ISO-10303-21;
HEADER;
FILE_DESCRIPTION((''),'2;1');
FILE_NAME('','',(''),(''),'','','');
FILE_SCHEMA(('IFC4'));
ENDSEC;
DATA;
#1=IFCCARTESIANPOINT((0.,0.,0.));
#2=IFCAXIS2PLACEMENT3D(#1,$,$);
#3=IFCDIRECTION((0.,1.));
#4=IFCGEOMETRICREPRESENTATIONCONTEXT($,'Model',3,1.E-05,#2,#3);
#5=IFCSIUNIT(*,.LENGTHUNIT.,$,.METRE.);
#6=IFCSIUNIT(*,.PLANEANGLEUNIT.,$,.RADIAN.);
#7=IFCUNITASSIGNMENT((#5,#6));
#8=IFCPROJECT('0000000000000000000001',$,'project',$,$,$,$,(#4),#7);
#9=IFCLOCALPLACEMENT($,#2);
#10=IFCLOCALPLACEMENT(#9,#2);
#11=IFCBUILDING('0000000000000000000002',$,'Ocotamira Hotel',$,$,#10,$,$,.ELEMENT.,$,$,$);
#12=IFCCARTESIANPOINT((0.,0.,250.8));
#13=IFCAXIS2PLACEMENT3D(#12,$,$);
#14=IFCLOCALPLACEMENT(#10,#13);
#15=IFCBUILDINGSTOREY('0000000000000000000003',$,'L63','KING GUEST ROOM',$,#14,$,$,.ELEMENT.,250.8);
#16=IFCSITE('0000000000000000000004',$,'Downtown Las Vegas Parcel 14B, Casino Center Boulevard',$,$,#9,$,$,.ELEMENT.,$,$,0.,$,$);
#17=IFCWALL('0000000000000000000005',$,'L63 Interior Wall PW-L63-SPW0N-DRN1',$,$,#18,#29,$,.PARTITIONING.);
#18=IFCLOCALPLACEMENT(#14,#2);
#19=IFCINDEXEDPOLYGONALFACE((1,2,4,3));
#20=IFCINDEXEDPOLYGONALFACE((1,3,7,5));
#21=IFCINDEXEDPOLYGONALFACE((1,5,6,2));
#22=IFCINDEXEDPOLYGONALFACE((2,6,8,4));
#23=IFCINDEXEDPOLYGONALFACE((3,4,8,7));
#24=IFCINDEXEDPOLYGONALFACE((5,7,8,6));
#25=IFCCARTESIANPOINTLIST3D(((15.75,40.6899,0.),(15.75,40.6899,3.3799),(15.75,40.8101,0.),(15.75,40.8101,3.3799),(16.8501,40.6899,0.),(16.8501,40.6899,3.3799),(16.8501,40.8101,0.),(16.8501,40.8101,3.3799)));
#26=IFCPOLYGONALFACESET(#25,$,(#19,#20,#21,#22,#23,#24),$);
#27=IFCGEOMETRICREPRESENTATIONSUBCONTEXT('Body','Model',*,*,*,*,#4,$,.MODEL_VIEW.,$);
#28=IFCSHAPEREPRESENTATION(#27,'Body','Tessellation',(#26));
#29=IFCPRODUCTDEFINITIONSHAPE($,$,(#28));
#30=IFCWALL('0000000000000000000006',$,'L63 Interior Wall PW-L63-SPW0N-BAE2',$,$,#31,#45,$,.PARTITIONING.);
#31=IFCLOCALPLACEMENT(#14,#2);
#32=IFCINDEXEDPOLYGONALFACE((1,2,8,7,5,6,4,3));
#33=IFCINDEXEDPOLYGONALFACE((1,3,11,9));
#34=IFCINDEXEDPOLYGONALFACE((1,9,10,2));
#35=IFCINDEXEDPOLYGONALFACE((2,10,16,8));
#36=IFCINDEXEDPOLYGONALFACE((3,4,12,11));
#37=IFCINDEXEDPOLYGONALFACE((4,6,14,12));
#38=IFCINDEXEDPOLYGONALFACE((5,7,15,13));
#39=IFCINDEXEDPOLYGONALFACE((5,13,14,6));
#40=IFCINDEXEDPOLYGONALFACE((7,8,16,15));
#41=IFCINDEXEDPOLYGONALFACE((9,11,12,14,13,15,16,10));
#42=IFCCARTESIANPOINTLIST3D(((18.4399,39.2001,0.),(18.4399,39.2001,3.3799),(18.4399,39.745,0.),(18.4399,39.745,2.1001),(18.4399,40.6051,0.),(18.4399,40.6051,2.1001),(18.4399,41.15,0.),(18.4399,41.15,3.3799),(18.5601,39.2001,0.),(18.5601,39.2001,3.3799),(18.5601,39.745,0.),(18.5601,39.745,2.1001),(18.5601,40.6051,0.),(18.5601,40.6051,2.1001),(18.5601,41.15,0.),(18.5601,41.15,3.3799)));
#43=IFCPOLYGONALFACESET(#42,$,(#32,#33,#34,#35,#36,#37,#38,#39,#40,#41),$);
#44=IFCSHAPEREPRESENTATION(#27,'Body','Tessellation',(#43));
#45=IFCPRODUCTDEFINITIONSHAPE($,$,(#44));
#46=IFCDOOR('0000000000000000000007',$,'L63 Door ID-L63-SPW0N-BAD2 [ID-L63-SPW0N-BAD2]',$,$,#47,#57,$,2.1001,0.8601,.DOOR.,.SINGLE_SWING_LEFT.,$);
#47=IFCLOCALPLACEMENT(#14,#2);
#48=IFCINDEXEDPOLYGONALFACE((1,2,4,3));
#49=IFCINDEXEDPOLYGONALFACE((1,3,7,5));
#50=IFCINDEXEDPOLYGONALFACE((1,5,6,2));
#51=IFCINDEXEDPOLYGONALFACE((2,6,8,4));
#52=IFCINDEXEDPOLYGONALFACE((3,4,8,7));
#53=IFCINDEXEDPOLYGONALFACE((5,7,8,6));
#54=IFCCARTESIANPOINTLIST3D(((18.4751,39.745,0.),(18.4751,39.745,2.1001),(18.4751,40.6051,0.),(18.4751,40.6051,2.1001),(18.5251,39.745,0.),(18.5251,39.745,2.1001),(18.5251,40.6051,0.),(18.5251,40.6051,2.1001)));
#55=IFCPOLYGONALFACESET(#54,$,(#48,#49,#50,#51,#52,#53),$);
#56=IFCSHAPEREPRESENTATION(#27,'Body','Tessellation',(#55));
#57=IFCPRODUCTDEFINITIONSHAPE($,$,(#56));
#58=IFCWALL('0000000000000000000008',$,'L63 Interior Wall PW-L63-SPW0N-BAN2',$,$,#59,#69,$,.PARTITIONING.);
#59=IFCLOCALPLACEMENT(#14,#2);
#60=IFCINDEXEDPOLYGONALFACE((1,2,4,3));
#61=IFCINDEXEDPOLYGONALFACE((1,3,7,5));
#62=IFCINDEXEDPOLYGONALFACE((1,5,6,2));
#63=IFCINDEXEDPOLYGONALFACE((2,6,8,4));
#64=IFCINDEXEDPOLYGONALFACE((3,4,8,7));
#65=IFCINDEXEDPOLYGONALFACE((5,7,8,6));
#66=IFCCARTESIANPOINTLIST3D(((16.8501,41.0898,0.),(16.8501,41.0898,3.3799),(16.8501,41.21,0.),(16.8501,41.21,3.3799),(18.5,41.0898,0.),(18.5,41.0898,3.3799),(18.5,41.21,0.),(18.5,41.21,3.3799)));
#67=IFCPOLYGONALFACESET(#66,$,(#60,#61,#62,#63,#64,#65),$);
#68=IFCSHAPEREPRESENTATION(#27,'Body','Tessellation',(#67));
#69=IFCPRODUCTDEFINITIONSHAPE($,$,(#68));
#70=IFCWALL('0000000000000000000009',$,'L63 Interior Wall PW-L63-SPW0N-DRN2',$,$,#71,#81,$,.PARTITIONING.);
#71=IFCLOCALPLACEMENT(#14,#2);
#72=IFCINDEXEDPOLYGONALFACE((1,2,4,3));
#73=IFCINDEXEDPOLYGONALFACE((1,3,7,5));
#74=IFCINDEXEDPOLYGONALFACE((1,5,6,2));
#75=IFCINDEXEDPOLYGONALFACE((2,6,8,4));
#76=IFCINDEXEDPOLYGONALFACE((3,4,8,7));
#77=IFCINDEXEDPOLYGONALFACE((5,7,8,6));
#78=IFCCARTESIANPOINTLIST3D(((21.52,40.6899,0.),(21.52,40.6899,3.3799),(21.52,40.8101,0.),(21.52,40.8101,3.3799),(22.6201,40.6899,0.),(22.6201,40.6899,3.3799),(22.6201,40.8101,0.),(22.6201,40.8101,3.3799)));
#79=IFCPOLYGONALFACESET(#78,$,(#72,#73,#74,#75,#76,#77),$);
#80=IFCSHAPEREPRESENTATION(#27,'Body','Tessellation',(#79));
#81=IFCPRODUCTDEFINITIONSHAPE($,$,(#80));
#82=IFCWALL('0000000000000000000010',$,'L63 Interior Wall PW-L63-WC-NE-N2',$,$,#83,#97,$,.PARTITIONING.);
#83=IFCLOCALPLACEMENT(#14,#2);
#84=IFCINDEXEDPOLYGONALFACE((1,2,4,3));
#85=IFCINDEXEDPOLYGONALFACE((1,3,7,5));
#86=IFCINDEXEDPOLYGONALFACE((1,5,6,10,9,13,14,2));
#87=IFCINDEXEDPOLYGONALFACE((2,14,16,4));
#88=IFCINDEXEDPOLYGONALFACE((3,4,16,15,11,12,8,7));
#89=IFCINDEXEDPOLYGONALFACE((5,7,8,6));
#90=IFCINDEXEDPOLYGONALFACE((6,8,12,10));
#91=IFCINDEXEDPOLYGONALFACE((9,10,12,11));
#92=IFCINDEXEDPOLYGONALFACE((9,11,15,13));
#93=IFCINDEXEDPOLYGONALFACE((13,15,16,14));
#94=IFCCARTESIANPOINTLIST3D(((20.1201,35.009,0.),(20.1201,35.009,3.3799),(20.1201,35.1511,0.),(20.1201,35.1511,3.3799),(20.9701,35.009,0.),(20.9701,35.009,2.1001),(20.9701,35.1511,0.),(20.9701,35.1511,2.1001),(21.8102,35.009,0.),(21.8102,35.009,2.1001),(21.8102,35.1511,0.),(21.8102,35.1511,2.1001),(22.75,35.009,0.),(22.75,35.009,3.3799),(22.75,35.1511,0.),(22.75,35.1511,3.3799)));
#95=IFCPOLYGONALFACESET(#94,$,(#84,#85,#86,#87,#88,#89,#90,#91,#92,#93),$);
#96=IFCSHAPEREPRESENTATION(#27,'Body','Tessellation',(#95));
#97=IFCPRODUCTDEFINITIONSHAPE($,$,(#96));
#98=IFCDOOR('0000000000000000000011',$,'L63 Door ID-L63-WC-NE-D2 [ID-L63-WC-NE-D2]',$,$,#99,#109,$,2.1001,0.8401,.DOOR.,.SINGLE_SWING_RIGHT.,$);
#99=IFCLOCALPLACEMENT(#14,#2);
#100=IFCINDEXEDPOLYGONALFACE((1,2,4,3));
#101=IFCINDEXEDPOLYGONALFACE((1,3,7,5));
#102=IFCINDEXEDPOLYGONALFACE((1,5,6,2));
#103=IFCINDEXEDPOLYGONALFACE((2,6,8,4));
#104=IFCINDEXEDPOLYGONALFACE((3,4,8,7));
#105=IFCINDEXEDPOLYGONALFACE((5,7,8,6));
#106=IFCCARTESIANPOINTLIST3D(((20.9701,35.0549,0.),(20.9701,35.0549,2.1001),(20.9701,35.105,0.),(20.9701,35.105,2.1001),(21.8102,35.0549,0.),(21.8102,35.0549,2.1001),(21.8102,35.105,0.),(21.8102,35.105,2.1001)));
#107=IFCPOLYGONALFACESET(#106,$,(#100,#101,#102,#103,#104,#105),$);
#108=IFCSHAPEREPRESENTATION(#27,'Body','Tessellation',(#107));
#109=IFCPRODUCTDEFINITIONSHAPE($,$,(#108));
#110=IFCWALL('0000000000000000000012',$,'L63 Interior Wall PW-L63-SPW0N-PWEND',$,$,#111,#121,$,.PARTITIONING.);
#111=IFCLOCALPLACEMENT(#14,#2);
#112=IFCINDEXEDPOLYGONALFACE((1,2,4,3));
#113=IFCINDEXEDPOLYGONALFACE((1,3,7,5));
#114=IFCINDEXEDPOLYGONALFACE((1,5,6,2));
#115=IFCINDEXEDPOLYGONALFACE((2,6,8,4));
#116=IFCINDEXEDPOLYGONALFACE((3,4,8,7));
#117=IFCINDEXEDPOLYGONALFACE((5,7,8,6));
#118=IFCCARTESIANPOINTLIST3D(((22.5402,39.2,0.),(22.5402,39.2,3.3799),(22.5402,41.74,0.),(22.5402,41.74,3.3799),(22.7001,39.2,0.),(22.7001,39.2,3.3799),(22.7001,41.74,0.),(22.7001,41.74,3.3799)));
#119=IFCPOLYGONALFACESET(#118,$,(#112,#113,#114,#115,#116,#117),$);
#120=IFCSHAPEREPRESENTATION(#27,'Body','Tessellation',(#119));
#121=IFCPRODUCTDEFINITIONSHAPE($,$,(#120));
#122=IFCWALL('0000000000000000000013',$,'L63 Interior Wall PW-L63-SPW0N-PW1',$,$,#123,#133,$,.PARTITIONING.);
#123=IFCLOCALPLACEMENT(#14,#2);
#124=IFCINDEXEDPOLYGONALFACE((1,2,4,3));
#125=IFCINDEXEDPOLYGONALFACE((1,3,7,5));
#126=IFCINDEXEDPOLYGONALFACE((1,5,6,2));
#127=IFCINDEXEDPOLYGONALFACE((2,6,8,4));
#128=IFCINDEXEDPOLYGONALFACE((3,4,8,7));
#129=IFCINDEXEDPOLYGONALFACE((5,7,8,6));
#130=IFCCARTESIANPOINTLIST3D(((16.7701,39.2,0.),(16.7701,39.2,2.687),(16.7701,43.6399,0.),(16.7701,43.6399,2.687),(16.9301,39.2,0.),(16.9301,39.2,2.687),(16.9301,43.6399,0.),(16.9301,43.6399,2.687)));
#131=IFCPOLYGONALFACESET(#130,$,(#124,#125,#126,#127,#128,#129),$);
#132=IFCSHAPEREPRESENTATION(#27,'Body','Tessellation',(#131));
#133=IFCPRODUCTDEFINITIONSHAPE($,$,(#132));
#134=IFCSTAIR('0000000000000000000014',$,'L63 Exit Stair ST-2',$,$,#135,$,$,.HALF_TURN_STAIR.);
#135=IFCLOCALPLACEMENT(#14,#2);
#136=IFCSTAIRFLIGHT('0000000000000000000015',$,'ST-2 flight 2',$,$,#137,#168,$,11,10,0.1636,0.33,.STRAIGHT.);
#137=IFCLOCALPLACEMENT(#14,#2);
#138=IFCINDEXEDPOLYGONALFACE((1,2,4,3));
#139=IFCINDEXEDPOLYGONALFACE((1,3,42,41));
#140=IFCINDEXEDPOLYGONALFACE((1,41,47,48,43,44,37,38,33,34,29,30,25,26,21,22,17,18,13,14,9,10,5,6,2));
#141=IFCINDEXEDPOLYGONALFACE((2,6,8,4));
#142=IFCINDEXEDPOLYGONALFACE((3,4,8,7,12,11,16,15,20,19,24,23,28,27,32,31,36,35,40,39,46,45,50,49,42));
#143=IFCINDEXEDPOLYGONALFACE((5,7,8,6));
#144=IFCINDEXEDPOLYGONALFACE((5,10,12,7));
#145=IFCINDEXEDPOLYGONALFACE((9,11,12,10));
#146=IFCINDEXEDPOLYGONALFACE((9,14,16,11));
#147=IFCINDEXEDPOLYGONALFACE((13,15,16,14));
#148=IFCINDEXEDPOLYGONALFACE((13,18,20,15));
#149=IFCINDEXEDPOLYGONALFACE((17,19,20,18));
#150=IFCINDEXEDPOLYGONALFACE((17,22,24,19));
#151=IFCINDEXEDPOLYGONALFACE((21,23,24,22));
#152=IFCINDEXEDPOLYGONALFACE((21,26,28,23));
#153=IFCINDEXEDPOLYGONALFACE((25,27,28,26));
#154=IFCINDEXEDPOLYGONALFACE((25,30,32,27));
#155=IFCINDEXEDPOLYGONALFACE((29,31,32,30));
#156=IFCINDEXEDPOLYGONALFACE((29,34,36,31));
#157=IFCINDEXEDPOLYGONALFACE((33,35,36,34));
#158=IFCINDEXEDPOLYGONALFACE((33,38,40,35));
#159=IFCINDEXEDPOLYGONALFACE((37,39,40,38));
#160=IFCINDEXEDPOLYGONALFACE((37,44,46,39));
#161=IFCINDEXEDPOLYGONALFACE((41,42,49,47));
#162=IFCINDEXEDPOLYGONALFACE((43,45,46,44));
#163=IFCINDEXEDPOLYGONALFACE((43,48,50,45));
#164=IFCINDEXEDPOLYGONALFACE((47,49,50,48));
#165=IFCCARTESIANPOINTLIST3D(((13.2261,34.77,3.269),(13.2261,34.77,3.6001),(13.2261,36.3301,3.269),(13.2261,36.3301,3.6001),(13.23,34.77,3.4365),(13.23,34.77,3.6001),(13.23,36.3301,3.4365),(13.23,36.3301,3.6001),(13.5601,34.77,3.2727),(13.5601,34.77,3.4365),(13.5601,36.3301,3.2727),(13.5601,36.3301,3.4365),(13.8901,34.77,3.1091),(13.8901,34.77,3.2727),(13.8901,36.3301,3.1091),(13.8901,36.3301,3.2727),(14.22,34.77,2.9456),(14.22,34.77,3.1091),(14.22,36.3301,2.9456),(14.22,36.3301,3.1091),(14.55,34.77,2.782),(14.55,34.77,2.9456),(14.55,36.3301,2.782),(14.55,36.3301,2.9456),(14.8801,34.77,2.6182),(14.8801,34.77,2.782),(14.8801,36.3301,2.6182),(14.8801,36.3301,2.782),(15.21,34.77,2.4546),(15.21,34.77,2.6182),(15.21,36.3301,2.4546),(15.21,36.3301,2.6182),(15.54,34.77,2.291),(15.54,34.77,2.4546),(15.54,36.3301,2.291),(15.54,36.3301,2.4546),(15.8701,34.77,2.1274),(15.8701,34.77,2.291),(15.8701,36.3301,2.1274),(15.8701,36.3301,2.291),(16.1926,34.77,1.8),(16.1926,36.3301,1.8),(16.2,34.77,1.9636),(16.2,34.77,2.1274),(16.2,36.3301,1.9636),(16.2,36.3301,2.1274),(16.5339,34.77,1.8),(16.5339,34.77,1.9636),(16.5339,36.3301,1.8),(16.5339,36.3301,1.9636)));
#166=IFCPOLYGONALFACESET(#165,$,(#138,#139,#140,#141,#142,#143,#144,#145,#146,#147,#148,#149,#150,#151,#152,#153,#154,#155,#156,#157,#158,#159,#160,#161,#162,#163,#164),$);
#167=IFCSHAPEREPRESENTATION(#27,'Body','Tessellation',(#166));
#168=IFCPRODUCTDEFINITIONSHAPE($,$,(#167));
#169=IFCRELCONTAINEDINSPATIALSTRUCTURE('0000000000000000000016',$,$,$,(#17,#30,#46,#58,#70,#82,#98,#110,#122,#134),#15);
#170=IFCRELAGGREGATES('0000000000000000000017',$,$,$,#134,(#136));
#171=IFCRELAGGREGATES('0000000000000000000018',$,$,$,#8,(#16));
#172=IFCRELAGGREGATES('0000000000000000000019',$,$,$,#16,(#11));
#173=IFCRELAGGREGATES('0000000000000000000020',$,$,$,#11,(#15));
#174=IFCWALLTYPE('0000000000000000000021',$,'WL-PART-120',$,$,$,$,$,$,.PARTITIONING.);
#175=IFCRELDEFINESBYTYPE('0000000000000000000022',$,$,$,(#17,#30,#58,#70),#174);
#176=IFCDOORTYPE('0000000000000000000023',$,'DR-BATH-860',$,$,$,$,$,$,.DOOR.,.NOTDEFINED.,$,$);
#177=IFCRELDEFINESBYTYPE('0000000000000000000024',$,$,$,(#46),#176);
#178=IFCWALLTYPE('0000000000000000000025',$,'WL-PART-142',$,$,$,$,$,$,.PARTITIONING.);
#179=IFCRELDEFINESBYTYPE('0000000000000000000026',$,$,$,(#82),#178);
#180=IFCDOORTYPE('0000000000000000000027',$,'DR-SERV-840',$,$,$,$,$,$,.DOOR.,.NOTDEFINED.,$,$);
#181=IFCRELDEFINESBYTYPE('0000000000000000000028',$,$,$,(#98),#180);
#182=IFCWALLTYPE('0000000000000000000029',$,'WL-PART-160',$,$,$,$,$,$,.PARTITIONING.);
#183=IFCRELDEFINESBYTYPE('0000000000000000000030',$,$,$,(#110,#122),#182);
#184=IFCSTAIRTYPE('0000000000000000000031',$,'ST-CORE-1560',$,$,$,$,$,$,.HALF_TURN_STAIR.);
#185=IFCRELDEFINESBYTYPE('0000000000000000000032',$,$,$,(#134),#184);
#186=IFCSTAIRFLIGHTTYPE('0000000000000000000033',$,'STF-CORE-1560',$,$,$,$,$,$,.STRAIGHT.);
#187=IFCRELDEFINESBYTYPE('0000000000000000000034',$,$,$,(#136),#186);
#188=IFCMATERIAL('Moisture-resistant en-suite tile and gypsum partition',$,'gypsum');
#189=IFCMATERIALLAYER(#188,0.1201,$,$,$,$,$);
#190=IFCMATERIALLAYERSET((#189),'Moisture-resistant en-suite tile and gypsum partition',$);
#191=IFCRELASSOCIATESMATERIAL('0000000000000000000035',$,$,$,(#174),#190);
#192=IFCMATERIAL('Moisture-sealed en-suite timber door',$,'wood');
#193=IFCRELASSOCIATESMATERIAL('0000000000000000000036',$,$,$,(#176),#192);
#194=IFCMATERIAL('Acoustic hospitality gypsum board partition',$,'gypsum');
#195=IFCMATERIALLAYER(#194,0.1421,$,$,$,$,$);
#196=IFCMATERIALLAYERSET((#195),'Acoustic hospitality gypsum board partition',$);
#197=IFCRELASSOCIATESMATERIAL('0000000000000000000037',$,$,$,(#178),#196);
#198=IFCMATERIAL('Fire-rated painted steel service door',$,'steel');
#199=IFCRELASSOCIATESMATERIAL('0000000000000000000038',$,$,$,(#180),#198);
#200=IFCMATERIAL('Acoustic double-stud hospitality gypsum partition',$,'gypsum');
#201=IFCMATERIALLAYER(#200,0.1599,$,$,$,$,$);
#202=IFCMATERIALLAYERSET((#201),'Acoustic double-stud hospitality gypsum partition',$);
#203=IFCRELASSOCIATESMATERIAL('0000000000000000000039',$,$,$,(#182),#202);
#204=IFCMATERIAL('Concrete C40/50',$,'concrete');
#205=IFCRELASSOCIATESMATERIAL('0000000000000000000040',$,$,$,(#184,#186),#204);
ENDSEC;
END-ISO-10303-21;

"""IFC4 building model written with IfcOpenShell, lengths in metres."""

from ifc_helpers import new_model, si_unit, direction, frame, frame_2d, origin, place, context, subcontext, project, spatial, polyline, rectangle, outline, extrude, source, transform, mapped, material, layer, layer_set, type_object, element, fill, aggregate, save


model = new_model("IFC4")

# Units and contexts
model_context = context("Model", 3, precision=1e-05, world=origin(), true_north=direction((0.0, 1.0)))
body_context = subcontext(model_context, "Body", "Model", "MODEL_VIEW")
ifc_project = project(units=[si_unit("LENGTHUNIT", "METRE"), si_unit("PLANEANGLEUNIT", "RADIAN")], contexts=[model_context])

# Site, building, storey
site_placement = place(None, origin())
site = spatial("IfcSite", under=ifc_project, at=site_placement, Name="Downtown Las Vegas Parcel 14B, Casino Center Boulevard", CompositionType="ELEMENT", RefElevation=0.0)
building_placement = place(site_placement, origin())
building = spatial("IfcBuilding", under=site, at=building_placement, Name="Ocotamira Hotel", CompositionType="ELEMENT")
storey_placement = place(building_placement, frame((0.0, 0.0, 250.8)))
storey = spatial("IfcBuildingStorey", under=building, at=storey_placement, Name="L63", Description="KING GUEST ROOM", CompositionType="ELEMENT", Elevation=250.8)

# Wall
ifc_material_1 = material(Name="Moisture-resistant en-suite tile and gypsum partition", Category="gypsum")
ifc_layer_1 = layer(ifc_material_1, 0.1201)
ifc_layer_set_1 = layer_set([ifc_layer_1], Name="Moisture-resistant en-suite tile and gypsum partition")
wall_type_1 = type_object("IfcWallType", Name="WL-PART-120", PredefinedType="PARTITIONING", material=ifc_layer_set_1)
wall_1_placement = place(storey_placement, frame((15.75, 40.75, 0.0), z_axis=(0.0, 0.0, 1.0), x_axis=(1.0, 0.0, 0.0)))
element("IfcWall", 1, at=wall_1_placement, inside=storey, type_object=wall_type_1, Name="L63 Interior Wall PW-L63-SPW0N-DRN1", PredefinedType="PARTITIONING", context=body_context, shape_type="SweptSolid", body=[
    extrude(rectangle(XDim=1.1001, YDim=0.1201, at=frame_2d((0.55, 0.0))), origin(), (0.0, 0.0, 1.0), 3.3799),
])

# Wall, opening, door
wall_2_placement = place(storey_placement, frame((18.5, 39.2, 0.0), z_axis=(0.0, 0.0, 1.0), x_axis=(0.0, 1.0, 0.0)))
wall_2 = element("IfcWall", 2, at=wall_2_placement, inside=storey, type_object=wall_type_1, Name="L63 Interior Wall PW-L63-SPW0N-BAE2", PredefinedType="PARTITIONING", context=body_context, shape_type="SweptSolid", body=[
    extrude(rectangle(XDim=1.95, YDim=0.1201, at=frame_2d((0.9751, 0.0))), origin(), (0.0, 0.0, 1.0), 3.3799),
])
opening_1_placement = place(wall_2_placement, frame((0.5449, 0.0, 0.0)))
opening_1 = element("IfcOpeningElement", 3, at=opening_1_placement, cuts=wall_2, PredefinedType="OPENING", context=body_context, shape_type="SweptSolid", body=[
    extrude(rectangle(XDim=0.8601, YDim=2.1001, at=frame_2d((0.4302, 1.05))), frame((0.0, 0.0701, 0.0), z_axis=(0.0, -1.0, 0.0), x_axis=(1.0, 0.0, 0.0)), (0.0, 0.0, 1.0), 0.1401),
])
ifc_material_2 = material(Name="Moisture-sealed en-suite timber door", Category="wood")
door_type_1 = type_object("IfcDoorType", Name="DR-BATH-860", OperationType="NOTDEFINED", PredefinedType="DOOR", material=ifc_material_2)
shared_shape_1 = source(origin(), body_context, "Body", "SweptSolid", [
    extrude(rectangle(XDim=0.8601, YDim=2.1001, at=frame_2d((0.4302, 1.05))), frame((0.0, 0.0249, 0.0), z_axis=(0.0, -1.0, 0.0), x_axis=(1.0, 0.0, 0.0)), (0.0, 0.0, 1.0), 0.05),
])
door_1_placement = place(opening_1_placement, origin())
door_1 = element("IfcDoor", 4, at=door_1_placement, inside=storey, type_object=door_type_1, Name="L63 Door ID-L63-SPW0N-BAD2 [ID-L63-SPW0N-BAD2]", OperationType="SINGLE_SWING_LEFT", OverallHeight=2.1001, OverallWidth=0.8601, PredefinedType="DOOR", context=body_context, shape_type="MappedRepresentation", body=[
    mapped(shared_shape_1, transform((0.0, 0.0, 0.0), scale=1.0)),
])
fill(opening_1, door_1)

# Walls
wall_3_placement = place(storey_placement, frame((16.8501, 41.1499, 0.0), z_axis=(0.0, 0.0, 1.0), x_axis=(1.0, 0.0, 0.0)))
element("IfcWall", 5, at=wall_3_placement, inside=storey, type_object=wall_type_1, Name="L63 Interior Wall PW-L63-SPW0N-BAN2", PredefinedType="PARTITIONING", context=body_context, shape_type="SweptSolid", body=[
    extrude(rectangle(XDim=1.6499, YDim=0.1201, at=frame_2d((0.825, 0.0))), origin(), (0.0, 0.0, 1.0), 3.3799),
])
wall_4_placement = place(storey_placement, frame((21.52, 40.75, 0.0), z_axis=(0.0, 0.0, 1.0), x_axis=(1.0, 0.0, 0.0)))
element("IfcWall", 6, at=wall_4_placement, inside=storey, type_object=wall_type_1, Name="L63 Interior Wall PW-L63-SPW0N-DRN2", PredefinedType="PARTITIONING", context=body_context, shape_type="SweptSolid", body=[
    extrude(rectangle(XDim=1.1001, YDim=0.1201, at=frame_2d((0.55, 0.0))), origin(), (0.0, 0.0, 1.0), 3.3799),
])

# Wall, opening, door
ifc_material_3 = material(Name="Acoustic hospitality gypsum board partition", Category="gypsum")
ifc_layer_2 = layer(ifc_material_3, 0.1421)
ifc_layer_set_2 = layer_set([ifc_layer_2], Name="Acoustic hospitality gypsum board partition")
wall_type_2 = type_object("IfcWallType", Name="WL-PART-142", PredefinedType="PARTITIONING", material=ifc_layer_set_2)
wall_5_placement = place(storey_placement, frame((20.1201, 35.0801, 0.0), z_axis=(0.0, 0.0, 1.0), x_axis=(1.0, 0.0, 0.0)))
wall_5 = element("IfcWall", 7, at=wall_5_placement, inside=storey, type_object=wall_type_2, Name="L63 Interior Wall PW-L63-WC-NE-N2", PredefinedType="PARTITIONING", context=body_context, shape_type="SweptSolid", body=[
    extrude(rectangle(XDim=2.6299, YDim=0.1421, at=frame_2d((1.3149, 0.0))), origin(), (0.0, 0.0, 1.0), 3.3799),
])
opening_2_placement = place(wall_5_placement, frame((0.8501, 0.0, 0.0)))
opening_2 = element("IfcOpeningElement", 8, at=opening_2_placement, cuts=wall_5, PredefinedType="OPENING", context=body_context, shape_type="SweptSolid", body=[
    extrude(rectangle(XDim=0.8401, YDim=2.1001, at=frame_2d((0.4199, 1.05))), frame((0.0, 0.0811, 0.0), z_axis=(0.0, -1.0, 0.0), x_axis=(1.0, 0.0, 0.0)), (0.0, 0.0, 1.0), 0.1621),
])
ifc_material_4 = material(Name="Fire-rated painted steel service door", Category="steel")
door_type_2 = type_object("IfcDoorType", Name="DR-SERV-840", OperationType="NOTDEFINED", PredefinedType="DOOR", material=ifc_material_4)
shared_shape_2 = source(origin(), body_context, "Body", "SweptSolid", [
    extrude(rectangle(XDim=0.8401, YDim=2.1001, at=frame_2d((0.4199, 1.05))), frame((0.0, 0.0249, 0.0), z_axis=(0.0, -1.0, 0.0), x_axis=(1.0, 0.0, 0.0)), (0.0, 0.0, 1.0), 0.05),
])
door_2_placement = place(opening_2_placement, origin())
door_2 = element("IfcDoor", 9, at=door_2_placement, inside=storey, type_object=door_type_2, Name="L63 Door ID-L63-WC-NE-D2 [ID-L63-WC-NE-D2]", OperationType="SINGLE_SWING_RIGHT", OverallHeight=2.1001, OverallWidth=0.8401, PredefinedType="DOOR", context=body_context, shape_type="MappedRepresentation", body=[
    mapped(shared_shape_2, transform((0.0, 0.0, 0.0), scale=1.0)),
])
fill(opening_2, door_2)

# Walls
ifc_material_5 = material(Name="Acoustic double-stud hospitality gypsum partition", Category="gypsum")
ifc_layer_3 = layer(ifc_material_5, 0.1599)
ifc_layer_set_3 = layer_set([ifc_layer_3], Name="Acoustic double-stud hospitality gypsum partition")
wall_type_3 = type_object("IfcWallType", Name="WL-PART-160", PredefinedType="PARTITIONING", material=ifc_layer_set_3)
wall_6_placement = place(storey_placement, frame((22.6201, 39.2, 0.0), z_axis=(0.0, 0.0, 1.0), x_axis=(0.0, 1.0, 0.0)))
element("IfcWall", 10, at=wall_6_placement, inside=storey, type_object=wall_type_3, Name="L63 Interior Wall PW-L63-SPW0N-PWEND", PredefinedType="PARTITIONING", context=body_context, shape_type="SweptSolid", body=[
    extrude(rectangle(XDim=2.54, YDim=0.1599, at=frame_2d((1.27, 0.0))), origin(), (0.0, 0.0, 1.0), 3.3799),
])
wall_7_placement = place(storey_placement, frame((16.8501, 39.2, 0.0), z_axis=(0.0, 0.0, 1.0), x_axis=(0.0, 1.0, 0.0)))
element("IfcWall", 11, at=wall_7_placement, inside=storey, type_object=wall_type_3, Name="L63 Interior Wall PW-L63-SPW0N-PW1", PredefinedType="PARTITIONING", context=body_context, shape_type="SweptSolid", body=[
    extrude(rectangle(XDim=4.4399, YDim=0.1599, at=frame_2d((2.22, 0.0))), origin(), (0.0, 0.0, 1.0), 2.687),
])

# Stair, stair flight
ifc_material_6 = material(Name="Concrete C40/50", Category="concrete")
stair_type = type_object("IfcStairType", Name="ST-CORE-1560", PredefinedType="HALF_TURN_STAIR", material=ifc_material_6)
stair_placement = place(storey_placement, origin())
stair = element("IfcStair", 12, at=stair_placement, inside=storey, type_object=stair_type, Name="L63 Exit Stair ST-2", PredefinedType="HALF_TURN_STAIR")
stair_flight_type = type_object("IfcStairFlightType", Name="STF-CORE-1560", PredefinedType="STRAIGHT", material=ifc_material_6)
shared_shape_3 = source(origin(), body_context, "Body", "SweptSolid", [
    extrude(outline(polyline([(-0.0039, 0.0), (-0.0039, 0.1636), (0.3301, 0.1636), (0.3301, 0.3274), (0.6599, 0.3274), (0.6599, 0.491), (0.99, 0.491), (0.99, 0.6545), (1.3201, 0.6545), (1.3201, 0.8181), (1.6499, 0.8181), (1.6499, 0.9819), (1.98, 0.9819), (1.98, 1.1455), (2.3101, 1.1455), (2.3101, 1.3091), (2.6399, 1.3091), (2.6399, 1.4727), (2.97, 1.4727), (2.97, 1.6365), (3.3, 1.6365), (3.3, 1.8), (3.304, 1.8), (3.304, 1.469), (0.3374, 0.0), (-0.0039, 0.0)])), frame((0.0, 0.78, 0.0), z_axis=(0.0, -1.0, 0.0), x_axis=(1.0, 0.0, 0.0)), (0.0, 0.0, 1.0), 1.5601),
])
stair_flight_placement = place(storey_placement, frame((16.53, 35.55, 1.8), z_axis=(0.0, 0.0, 1.0), x_axis=(-1.0, 0.0, 0.0)))
stair_flight = element("IfcStairFlight", 13, at=stair_flight_placement, type_object=stair_flight_type, Name="ST-2 flight 2", NumberOfRisers=11, NumberOfTreads=10, PredefinedType="STRAIGHT", RiserHeight=0.1636, TreadLength=0.33, context=body_context, shape_type="MappedRepresentation", body=[
    mapped(shared_shape_3, transform((0.0, 0.0, 0.0), scale=1.0)),
])
aggregate(stair, [stair_flight])

save(model, "model.ifc")
